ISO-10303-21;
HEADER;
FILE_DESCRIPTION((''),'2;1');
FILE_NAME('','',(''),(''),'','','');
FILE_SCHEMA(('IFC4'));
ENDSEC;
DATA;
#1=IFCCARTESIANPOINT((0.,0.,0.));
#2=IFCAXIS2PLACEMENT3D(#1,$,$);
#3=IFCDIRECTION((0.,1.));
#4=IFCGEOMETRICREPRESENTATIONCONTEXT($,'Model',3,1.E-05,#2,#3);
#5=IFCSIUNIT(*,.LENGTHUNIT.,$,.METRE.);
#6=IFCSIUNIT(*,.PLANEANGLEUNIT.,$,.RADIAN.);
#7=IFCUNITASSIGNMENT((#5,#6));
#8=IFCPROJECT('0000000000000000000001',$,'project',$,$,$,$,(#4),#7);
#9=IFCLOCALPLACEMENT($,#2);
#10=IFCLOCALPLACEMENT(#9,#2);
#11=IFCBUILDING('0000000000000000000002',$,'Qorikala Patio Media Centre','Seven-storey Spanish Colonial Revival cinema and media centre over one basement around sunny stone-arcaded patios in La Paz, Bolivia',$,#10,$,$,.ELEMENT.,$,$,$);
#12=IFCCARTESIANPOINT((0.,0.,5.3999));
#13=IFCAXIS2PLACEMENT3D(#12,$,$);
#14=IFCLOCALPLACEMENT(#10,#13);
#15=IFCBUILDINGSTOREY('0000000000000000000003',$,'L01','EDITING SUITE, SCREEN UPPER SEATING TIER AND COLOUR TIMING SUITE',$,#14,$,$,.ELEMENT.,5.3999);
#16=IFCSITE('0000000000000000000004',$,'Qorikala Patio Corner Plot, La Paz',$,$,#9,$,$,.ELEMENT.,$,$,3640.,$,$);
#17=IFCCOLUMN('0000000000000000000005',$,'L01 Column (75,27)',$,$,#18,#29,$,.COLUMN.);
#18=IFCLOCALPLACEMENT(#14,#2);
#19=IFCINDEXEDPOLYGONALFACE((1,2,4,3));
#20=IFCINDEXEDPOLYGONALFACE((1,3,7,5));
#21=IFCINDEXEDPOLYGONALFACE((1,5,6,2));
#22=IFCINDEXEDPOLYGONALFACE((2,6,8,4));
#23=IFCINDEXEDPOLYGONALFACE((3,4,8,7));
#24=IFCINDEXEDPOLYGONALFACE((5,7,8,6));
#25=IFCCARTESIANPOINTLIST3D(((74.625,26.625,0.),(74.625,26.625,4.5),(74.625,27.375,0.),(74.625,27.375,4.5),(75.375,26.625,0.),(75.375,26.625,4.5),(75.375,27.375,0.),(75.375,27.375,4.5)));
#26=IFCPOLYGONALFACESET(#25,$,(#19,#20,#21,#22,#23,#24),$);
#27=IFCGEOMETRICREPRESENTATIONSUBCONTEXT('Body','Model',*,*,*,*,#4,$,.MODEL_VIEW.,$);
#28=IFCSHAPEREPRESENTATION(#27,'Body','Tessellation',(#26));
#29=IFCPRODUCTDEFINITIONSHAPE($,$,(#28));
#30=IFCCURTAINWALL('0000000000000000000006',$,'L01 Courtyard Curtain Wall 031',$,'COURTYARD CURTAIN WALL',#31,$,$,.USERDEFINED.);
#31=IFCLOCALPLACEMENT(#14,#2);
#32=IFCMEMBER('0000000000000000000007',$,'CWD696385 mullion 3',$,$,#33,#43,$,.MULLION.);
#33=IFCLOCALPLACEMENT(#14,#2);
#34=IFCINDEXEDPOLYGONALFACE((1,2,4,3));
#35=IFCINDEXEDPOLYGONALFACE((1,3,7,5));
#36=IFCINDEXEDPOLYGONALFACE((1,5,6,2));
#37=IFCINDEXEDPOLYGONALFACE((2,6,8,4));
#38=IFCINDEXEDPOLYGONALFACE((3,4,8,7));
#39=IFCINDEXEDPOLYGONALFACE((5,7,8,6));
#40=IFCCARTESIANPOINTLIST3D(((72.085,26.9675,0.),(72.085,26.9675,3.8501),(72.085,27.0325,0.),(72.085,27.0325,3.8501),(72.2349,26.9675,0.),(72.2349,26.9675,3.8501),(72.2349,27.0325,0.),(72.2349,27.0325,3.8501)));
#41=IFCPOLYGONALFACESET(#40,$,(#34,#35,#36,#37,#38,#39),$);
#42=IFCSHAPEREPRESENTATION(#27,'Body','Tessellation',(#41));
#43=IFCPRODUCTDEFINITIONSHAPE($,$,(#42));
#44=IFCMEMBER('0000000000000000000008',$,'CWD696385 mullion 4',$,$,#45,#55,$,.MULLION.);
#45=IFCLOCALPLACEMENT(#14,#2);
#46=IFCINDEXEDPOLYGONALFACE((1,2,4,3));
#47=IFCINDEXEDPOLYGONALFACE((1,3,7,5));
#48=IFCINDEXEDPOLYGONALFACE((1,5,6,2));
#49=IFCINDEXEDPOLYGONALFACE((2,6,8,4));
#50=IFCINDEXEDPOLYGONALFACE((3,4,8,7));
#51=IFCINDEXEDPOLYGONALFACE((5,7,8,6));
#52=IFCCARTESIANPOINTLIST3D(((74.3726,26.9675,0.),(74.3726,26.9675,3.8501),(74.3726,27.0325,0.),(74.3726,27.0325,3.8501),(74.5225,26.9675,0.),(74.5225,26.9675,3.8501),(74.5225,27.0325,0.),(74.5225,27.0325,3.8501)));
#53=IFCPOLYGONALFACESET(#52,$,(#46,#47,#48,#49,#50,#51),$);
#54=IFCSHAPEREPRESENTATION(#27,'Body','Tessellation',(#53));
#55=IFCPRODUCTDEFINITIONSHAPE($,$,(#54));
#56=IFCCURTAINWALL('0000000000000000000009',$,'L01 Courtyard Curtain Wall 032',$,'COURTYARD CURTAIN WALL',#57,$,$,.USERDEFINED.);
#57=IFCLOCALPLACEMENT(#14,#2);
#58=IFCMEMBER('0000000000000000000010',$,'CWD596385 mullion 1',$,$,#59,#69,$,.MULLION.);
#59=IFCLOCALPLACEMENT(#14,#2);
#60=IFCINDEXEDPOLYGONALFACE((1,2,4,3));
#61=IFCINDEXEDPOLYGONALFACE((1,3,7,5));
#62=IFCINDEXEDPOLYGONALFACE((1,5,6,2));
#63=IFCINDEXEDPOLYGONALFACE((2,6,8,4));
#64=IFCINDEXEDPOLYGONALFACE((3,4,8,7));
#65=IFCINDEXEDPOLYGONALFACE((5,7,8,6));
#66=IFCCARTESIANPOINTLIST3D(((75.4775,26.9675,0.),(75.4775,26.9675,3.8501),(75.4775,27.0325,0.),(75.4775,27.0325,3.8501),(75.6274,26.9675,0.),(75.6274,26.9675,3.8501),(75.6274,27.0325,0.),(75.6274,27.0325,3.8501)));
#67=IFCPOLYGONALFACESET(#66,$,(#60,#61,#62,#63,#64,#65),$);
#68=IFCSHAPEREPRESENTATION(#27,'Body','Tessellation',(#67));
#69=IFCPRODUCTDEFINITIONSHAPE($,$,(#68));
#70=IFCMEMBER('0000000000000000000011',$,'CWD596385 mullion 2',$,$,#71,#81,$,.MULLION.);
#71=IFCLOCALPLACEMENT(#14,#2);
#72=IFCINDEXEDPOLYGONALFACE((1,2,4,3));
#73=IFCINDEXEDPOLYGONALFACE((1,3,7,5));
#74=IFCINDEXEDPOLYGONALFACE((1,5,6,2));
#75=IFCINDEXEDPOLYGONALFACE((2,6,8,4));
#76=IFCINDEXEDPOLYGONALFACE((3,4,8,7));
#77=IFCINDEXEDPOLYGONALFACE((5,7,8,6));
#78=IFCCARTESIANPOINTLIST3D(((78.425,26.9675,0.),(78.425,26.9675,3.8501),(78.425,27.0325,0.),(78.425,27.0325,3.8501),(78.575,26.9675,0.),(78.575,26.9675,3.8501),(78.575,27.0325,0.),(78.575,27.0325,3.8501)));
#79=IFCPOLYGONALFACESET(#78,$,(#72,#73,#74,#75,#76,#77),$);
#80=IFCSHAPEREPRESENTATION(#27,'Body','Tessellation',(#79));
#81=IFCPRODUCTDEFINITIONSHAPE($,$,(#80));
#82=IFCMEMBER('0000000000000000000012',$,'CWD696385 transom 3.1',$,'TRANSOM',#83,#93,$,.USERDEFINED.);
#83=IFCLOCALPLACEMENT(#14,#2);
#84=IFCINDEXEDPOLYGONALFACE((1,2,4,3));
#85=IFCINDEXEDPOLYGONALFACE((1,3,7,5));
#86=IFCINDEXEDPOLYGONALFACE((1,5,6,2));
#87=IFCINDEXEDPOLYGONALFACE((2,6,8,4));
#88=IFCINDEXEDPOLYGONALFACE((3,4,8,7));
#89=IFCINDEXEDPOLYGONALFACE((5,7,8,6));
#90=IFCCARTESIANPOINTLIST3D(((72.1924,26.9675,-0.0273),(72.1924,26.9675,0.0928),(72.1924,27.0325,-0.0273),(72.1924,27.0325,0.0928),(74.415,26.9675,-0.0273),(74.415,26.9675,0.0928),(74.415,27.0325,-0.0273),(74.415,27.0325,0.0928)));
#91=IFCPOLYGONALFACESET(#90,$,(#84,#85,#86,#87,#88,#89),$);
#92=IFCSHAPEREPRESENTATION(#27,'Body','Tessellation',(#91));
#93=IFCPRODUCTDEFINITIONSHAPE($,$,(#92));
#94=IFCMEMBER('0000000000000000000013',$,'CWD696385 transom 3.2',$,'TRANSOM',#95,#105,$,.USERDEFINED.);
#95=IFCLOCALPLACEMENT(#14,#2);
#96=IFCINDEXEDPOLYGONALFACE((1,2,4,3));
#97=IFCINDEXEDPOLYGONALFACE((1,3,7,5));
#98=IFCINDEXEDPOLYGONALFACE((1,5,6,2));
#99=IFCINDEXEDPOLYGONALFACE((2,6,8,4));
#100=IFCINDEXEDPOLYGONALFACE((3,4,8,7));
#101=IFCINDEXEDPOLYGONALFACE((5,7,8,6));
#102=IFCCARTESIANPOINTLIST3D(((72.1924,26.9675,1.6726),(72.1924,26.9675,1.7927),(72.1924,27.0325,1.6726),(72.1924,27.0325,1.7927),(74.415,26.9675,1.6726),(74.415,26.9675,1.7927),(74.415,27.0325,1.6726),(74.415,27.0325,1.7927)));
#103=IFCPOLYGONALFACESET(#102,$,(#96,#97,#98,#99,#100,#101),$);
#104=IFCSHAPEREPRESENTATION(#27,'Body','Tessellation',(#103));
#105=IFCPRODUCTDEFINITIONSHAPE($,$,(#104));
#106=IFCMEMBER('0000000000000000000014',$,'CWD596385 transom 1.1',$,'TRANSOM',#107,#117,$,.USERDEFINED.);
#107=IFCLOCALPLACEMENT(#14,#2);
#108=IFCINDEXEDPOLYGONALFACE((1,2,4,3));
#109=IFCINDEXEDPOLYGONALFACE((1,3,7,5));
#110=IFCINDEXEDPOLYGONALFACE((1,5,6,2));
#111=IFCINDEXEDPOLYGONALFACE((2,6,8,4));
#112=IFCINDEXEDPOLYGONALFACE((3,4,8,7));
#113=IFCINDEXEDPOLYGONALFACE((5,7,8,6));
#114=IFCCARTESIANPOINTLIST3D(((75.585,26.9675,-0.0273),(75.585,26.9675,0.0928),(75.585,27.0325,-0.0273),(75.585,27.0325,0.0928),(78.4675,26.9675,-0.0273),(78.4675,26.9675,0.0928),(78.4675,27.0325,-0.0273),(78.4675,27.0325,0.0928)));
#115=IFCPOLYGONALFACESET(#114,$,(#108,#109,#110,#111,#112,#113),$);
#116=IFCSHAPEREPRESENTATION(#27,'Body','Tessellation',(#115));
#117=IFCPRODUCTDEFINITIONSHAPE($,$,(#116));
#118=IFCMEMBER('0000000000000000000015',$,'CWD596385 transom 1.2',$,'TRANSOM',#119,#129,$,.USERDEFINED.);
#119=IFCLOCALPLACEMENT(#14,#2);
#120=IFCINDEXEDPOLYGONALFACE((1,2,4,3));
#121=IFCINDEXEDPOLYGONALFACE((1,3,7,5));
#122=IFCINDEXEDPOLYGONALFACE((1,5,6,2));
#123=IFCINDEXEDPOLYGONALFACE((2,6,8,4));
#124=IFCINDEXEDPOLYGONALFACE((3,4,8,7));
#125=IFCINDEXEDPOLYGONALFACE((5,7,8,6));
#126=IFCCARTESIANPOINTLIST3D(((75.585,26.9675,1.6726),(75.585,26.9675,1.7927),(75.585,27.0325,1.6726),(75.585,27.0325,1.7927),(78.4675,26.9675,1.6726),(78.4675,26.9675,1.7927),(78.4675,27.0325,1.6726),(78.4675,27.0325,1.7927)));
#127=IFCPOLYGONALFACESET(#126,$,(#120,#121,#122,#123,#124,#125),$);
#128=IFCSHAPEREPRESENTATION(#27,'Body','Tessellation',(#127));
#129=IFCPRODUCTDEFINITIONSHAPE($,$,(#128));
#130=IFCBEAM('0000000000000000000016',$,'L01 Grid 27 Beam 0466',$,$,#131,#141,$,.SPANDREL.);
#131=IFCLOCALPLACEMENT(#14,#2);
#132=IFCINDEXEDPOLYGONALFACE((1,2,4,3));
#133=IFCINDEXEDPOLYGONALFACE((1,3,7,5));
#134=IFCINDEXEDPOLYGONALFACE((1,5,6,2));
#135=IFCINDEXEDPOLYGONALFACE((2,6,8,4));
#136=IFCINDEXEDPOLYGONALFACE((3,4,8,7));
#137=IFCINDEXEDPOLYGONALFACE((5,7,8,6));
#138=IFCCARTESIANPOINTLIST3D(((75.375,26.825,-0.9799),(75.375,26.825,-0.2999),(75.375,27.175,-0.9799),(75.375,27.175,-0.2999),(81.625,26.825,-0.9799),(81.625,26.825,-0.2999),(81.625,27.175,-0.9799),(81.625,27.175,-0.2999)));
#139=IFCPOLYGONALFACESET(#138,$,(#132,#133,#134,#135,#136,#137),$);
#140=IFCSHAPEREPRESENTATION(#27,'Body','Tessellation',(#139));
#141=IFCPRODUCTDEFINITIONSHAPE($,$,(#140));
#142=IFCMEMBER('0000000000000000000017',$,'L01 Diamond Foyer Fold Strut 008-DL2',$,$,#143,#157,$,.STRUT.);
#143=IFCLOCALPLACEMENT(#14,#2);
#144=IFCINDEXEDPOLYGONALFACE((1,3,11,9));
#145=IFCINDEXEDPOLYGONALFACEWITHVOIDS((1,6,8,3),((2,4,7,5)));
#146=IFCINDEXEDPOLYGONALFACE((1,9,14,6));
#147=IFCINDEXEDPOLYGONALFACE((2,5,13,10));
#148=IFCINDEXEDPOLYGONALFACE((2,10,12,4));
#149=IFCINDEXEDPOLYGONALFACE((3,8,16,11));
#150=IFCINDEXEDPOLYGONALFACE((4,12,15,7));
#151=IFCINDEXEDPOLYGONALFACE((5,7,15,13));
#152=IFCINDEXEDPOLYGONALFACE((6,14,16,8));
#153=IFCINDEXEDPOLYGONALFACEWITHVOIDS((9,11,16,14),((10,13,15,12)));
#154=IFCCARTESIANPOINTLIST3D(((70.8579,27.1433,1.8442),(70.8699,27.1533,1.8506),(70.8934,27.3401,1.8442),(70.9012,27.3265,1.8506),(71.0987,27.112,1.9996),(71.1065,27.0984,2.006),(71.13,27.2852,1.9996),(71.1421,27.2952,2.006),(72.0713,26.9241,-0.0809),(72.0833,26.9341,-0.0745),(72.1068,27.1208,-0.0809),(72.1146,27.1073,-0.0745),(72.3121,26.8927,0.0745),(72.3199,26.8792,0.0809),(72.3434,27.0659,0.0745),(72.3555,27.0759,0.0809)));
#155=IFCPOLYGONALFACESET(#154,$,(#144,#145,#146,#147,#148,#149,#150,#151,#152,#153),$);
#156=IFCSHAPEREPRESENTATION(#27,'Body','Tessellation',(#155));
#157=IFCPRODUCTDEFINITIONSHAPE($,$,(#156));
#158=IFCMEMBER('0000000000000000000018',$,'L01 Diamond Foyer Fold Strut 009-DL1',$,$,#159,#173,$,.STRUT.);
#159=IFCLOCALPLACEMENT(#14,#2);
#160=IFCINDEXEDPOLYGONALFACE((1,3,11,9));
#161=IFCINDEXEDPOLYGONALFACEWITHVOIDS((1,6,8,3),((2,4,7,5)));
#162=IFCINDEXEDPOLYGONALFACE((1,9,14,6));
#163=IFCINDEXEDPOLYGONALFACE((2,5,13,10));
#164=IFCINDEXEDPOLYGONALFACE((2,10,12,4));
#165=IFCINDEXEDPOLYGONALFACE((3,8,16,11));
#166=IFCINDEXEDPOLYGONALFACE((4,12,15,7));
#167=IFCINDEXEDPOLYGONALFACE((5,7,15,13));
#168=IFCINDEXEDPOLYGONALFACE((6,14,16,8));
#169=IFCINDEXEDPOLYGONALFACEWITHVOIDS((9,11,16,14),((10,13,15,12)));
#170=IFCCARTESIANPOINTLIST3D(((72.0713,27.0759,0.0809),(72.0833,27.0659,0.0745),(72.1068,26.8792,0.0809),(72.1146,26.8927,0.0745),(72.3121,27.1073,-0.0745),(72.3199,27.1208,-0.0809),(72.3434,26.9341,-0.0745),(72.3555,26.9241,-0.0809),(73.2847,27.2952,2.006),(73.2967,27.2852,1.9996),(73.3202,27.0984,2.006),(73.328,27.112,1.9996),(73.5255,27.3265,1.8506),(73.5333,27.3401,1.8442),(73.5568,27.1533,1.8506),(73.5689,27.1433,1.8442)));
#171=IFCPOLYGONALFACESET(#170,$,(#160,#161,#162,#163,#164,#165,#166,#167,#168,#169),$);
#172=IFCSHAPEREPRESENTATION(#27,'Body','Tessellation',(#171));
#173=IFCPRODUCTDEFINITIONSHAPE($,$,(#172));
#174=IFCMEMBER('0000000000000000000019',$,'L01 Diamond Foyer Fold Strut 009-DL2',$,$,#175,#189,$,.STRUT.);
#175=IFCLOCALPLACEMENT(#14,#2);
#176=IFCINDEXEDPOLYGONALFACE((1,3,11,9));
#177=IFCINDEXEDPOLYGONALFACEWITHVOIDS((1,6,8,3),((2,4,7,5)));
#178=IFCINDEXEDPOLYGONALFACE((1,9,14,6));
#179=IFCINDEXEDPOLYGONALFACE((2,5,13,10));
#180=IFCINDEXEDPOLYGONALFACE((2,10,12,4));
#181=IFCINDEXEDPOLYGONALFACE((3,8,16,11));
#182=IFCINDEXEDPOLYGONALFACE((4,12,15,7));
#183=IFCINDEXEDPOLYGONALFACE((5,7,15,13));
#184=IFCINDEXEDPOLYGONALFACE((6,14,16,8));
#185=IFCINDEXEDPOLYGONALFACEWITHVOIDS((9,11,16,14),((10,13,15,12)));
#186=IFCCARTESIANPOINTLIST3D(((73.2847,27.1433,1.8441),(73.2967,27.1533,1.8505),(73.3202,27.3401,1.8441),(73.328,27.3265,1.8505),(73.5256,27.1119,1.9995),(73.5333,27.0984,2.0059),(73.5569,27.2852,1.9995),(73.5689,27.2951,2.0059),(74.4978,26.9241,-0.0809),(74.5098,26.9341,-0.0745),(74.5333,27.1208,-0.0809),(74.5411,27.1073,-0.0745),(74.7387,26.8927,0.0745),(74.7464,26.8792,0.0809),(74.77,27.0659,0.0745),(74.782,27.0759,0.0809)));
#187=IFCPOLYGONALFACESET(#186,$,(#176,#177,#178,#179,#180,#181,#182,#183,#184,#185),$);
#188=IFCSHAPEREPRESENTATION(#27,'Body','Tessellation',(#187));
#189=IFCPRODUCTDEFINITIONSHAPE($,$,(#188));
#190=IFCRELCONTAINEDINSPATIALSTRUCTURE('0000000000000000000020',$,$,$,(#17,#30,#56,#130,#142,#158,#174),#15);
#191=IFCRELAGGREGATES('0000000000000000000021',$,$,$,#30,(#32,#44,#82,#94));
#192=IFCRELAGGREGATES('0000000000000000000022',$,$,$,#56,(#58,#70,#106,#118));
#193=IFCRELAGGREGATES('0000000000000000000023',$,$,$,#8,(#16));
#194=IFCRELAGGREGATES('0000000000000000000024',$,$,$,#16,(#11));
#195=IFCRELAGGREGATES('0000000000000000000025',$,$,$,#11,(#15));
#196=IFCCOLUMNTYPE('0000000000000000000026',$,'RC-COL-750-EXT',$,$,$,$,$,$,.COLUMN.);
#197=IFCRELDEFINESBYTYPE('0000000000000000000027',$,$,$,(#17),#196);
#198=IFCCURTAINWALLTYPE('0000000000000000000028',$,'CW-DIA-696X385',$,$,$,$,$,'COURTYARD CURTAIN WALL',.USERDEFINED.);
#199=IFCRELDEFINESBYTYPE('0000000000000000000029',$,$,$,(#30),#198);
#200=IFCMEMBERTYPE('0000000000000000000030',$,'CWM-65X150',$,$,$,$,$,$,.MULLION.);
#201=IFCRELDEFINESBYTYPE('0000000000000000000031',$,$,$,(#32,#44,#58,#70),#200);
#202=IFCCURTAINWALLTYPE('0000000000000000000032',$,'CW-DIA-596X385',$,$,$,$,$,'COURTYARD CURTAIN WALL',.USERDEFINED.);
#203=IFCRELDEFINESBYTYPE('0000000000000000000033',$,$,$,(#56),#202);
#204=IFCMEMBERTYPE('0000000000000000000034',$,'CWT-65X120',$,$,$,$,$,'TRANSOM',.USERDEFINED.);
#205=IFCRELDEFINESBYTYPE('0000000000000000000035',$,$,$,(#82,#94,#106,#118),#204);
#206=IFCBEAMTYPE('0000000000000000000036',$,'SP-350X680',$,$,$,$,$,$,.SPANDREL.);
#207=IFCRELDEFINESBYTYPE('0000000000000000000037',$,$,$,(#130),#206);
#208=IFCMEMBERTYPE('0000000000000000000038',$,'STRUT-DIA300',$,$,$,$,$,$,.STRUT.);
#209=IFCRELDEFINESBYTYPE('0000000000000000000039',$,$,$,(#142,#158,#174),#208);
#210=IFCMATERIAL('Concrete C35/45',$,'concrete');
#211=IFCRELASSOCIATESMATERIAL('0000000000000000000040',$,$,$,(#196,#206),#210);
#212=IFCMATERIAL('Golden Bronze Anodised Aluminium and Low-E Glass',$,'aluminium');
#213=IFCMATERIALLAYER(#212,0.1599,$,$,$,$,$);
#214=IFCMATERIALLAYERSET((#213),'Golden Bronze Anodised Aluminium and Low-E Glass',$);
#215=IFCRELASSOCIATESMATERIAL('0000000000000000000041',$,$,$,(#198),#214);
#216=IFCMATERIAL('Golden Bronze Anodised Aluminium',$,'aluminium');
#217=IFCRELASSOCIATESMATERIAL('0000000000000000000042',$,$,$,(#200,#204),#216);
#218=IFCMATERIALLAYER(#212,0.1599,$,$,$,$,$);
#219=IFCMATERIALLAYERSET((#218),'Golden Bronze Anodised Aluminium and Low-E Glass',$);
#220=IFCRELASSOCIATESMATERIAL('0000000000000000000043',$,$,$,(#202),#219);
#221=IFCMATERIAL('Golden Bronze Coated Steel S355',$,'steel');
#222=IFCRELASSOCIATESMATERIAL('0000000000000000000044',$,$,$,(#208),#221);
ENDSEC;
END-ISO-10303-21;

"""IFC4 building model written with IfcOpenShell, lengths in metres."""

from ifc_helpers import new_model, si_unit, direction, frame, origin, origin_2d, place, context, subcontext, project, spatial, rectangle, hollow_rectangle, extrude, material, layer, layer_set, material_profile, profile_set, type_object, element, aggregate, save


model = new_model("IFC4")

# Units and contexts
model_context = context("Model", 3, precision=1e-05, world=origin(), true_north=direction((0.0, 1.0)))
body_context = subcontext(model_context, "Body", "Model", "MODEL_VIEW")
ifc_project = project(units=[si_unit("LENGTHUNIT", "METRE"), si_unit("PLANEANGLEUNIT", "RADIAN")], contexts=[model_context])

# Site, building, storey
site_placement = place(None, origin())
site = spatial("IfcSite", under=ifc_project, at=site_placement, Name="Qorikala Patio Corner Plot, La Paz", CompositionType="ELEMENT", RefElevation=3640.0)
building_placement = place(site_placement, origin())
building = spatial("IfcBuilding", under=site, at=building_placement, Name="Qorikala Patio Media Centre", Description="Seven-storey Spanish Colonial Revival cinema and media centre over one basement around sunny stone-arcaded patios in La Paz, Bolivia", CompositionType="ELEMENT")
storey_placement = place(building_placement, frame((0.0, 0.0, 5.3999)))
storey = spatial("IfcBuildingStorey", under=building, at=storey_placement, Name="L01", Description="EDITING SUITE, SCREEN UPPER SEATING TIER AND COLOUR TIMING SUITE", CompositionType="ELEMENT", Elevation=5.3999)

# Column
ifc_material_1 = material(Name="Concrete C35/45", Category="concrete")
ifc_material_profile_1 = material_profile(ifc_material_1, rectangle(XDim=0.75, YDim=0.75, at=origin_2d()), Name="RC 750x750")
ifc_profile_set_1 = profile_set([ifc_material_profile_1], Name="Concrete C35/45")
column_type = type_object("IfcColumnType", Name="RC-COL-750-EXT", PredefinedType="COLUMN", material=ifc_profile_set_1)
column_placement = place(storey_placement, frame((75.0, 27.0, 0.0), z_axis=(0.0, 0.0, 1.0), x_axis=(1.0, 0.0, 0.0)))
element("IfcColumn", 1, at=column_placement, inside=storey, type_object=column_type, Name="L01 Column (75,27)", PredefinedType="COLUMN", context=body_context, shape_type="SweptSolid", body=[
    extrude(rectangle(XDim=0.75, YDim=0.75, at=origin_2d()), origin(), (0.0, 0.0, 1.0), 4.5),
])

# Curtain walls, members
ifc_material_2 = material(Name="Golden Bronze Anodised Aluminium and Low-E Glass", Category="aluminium")
ifc_layer_1 = layer(ifc_material_2, 0.1599)
ifc_layer_set_1 = layer_set([ifc_layer_1], Name="Golden Bronze Anodised Aluminium and Low-E Glass")
curtain_wall_type_1 = type_object("IfcCurtainWallType", Name="CW-DIA-696X385", ElementType="COURTYARD CURTAIN WALL", PredefinedType="USERDEFINED", material=ifc_layer_set_1)
curtain_wall_1_placement = place(storey_placement, origin())
curtain_wall_1 = element("IfcCurtainWall", 2, at=curtain_wall_1_placement, inside=storey, type_object=curtain_wall_type_1, Name="L01 Courtyard Curtain Wall 031", ObjectType="COURTYARD CURTAIN WALL", PredefinedType="USERDEFINED")
ifc_material_3 = material(Name="Golden Bronze Anodised Aluminium", Category="aluminium")
ifc_material_profile_2 = material_profile(ifc_material_3, rectangle(XDim=0.0649, YDim=0.1499, at=origin_2d()), Name="ALU MULLION 65x150")
ifc_profile_set_2 = profile_set([ifc_material_profile_2], Name="Golden Bronze Anodised Aluminium")
member_type_1 = type_object("IfcMemberType", Name="CWM-65X150", PredefinedType="MULLION", material=ifc_profile_set_2)
member_1_placement = place(storey_placement, frame((72.1599, 27.0, 0.0), z_axis=(0.0, 0.0, 1.0), x_axis=(0.0, 1.0, 0.0)))
member_1 = element("IfcMember", 3, at=member_1_placement, type_object=member_type_1, Name="CWD696385 mullion 3", PredefinedType="MULLION", context=body_context, shape_type="SweptSolid", body=[
    extrude(rectangle(XDim=0.0649, YDim=0.1499, at=origin_2d()), origin(), (0.0, 0.0, 1.0), 3.8501),
])
member_2_placement = place(storey_placement, frame((74.4475, 27.0, 0.0), z_axis=(0.0, 0.0, 1.0), x_axis=(0.0, 1.0, 0.0)))
member_2 = element("IfcMember", 4, at=member_2_placement, type_object=member_type_1, Name="CWD696385 mullion 4", PredefinedType="MULLION", context=body_context, shape_type="SweptSolid", body=[
    extrude(rectangle(XDim=0.0649, YDim=0.1499, at=origin_2d()), origin(), (0.0, 0.0, 1.0), 3.8501),
])
ifc_layer_2 = layer(ifc_material_2, 0.1599)
ifc_layer_set_2 = layer_set([ifc_layer_2], Name="Golden Bronze Anodised Aluminium and Low-E Glass")
curtain_wall_type_2 = type_object("IfcCurtainWallType", Name="CW-DIA-596X385", ElementType="COURTYARD CURTAIN WALL", PredefinedType="USERDEFINED", material=ifc_layer_set_2)
curtain_wall_2_placement = place(storey_placement, origin())
curtain_wall_2 = element("IfcCurtainWall", 5, at=curtain_wall_2_placement, inside=storey, type_object=curtain_wall_type_2, Name="L01 Courtyard Curtain Wall 032", ObjectType="COURTYARD CURTAIN WALL", PredefinedType="USERDEFINED")
member_3_placement = place(storey_placement, frame((75.5525, 27.0, 0.0), z_axis=(0.0, 0.0, 1.0), x_axis=(0.0, 1.0, 0.0)))
member_3 = element("IfcMember", 6, at=member_3_placement, type_object=member_type_1, Name="CWD596385 mullion 1", PredefinedType="MULLION", context=body_context, shape_type="SweptSolid", body=[
    extrude(rectangle(XDim=0.0649, YDim=0.1499, at=origin_2d()), origin(), (0.0, 0.0, 1.0), 3.8501),
])
member_4_placement = place(storey_placement, frame((78.5, 27.0, 0.0), z_axis=(0.0, 0.0, 1.0), x_axis=(0.0, 1.0, 0.0)))
member_4 = element("IfcMember", 7, at=member_4_placement, type_object=member_type_1, Name="CWD596385 mullion 2", PredefinedType="MULLION", context=body_context, shape_type="SweptSolid", body=[
    extrude(rectangle(XDim=0.0649, YDim=0.1499, at=origin_2d()), origin(), (0.0, 0.0, 1.0), 3.8501),
])

# Members
ifc_material_profile_3 = material_profile(ifc_material_3, rectangle(XDim=0.0649, YDim=0.1201, at=origin_2d()), Name="ALU TRANSOM 65x120")
ifc_profile_set_3 = profile_set([ifc_material_profile_3], Name="Golden Bronze Anodised Aluminium")
member_type_2 = type_object("IfcMemberType", Name="CWT-65X120", ElementType="TRANSOM", PredefinedType="USERDEFINED", material=ifc_profile_set_3)
member_5_placement = place(storey_placement, frame((72.1924, 27.0, 0.0327), z_axis=(1.0, 0.0, 0.0), x_axis=(0.0, 1.0, 0.0)))
member_5 = element("IfcMember", 8, at=member_5_placement, type_object=member_type_2, Name="CWD696385 transom 3.1", ObjectType="TRANSOM", PredefinedType="USERDEFINED", context=body_context, shape_type="SweptSolid", body=[
    extrude(rectangle(XDim=0.0649, YDim=0.1201, at=origin_2d()), origin(), (0.0, 0.0, 1.0), 2.2227),
])
member_6_placement = place(storey_placement, frame((72.1924, 27.0, 1.7327), z_axis=(1.0, 0.0, 0.0), x_axis=(0.0, 1.0, 0.0)))
member_6 = element("IfcMember", 9, at=member_6_placement, type_object=member_type_2, Name="CWD696385 transom 3.2", ObjectType="TRANSOM", PredefinedType="USERDEFINED", context=body_context, shape_type="SweptSolid", body=[
    extrude(rectangle(XDim=0.0649, YDim=0.1201, at=origin_2d()), origin(), (0.0, 0.0, 1.0), 2.2227),
])
member_7_placement = place(storey_placement, frame((75.585, 27.0, 0.0327), z_axis=(1.0, 0.0, 0.0), x_axis=(0.0, 1.0, 0.0)))
member_7 = element("IfcMember", 10, at=member_7_placement, type_object=member_type_2, Name="CWD596385 transom 1.1", ObjectType="TRANSOM", PredefinedType="USERDEFINED", context=body_context, shape_type="SweptSolid", body=[
    extrude(rectangle(XDim=0.0649, YDim=0.1201, at=origin_2d()), origin(), (0.0, 0.0, 1.0), 2.8826),
])
member_8_placement = place(storey_placement, frame((75.585, 27.0, 1.7327), z_axis=(1.0, 0.0, 0.0), x_axis=(0.0, 1.0, 0.0)))
member_8 = element("IfcMember", 11, at=member_8_placement, type_object=member_type_2, Name="CWD596385 transom 1.2", ObjectType="TRANSOM", PredefinedType="USERDEFINED", context=body_context, shape_type="SweptSolid", body=[
    extrude(rectangle(XDim=0.0649, YDim=0.1201, at=origin_2d()), origin(), (0.0, 0.0, 1.0), 2.8826),
])

# Beam
ifc_material_profile_4 = material_profile(ifc_material_1, rectangle(XDim=0.3501, YDim=0.6799, at=origin_2d()), Name="RC 350x680")
ifc_profile_set_4 = profile_set([ifc_material_profile_4], Name="Concrete C35/45")
beam_type = type_object("IfcBeamType", Name="SP-350X680", PredefinedType="SPANDREL", material=ifc_profile_set_4)
beam_placement = place(storey_placement, frame((75.375, 27.0, -0.6399), z_axis=(1.0, 0.0, 0.0), x_axis=(0.0, 1.0, 0.0)))
element("IfcBeam", 12, at=beam_placement, inside=storey, type_object=beam_type, Name="L01 Grid 27 Beam 0466", PredefinedType="SPANDREL", context=body_context, shape_type="SweptSolid", body=[
    extrude(rectangle(XDim=0.3501, YDim=0.6799, at=origin_2d()), origin(), (0.0, 0.0, 1.0), 6.25),
])

# Members
ifc_material_4 = material(Name="Golden Bronze Coated Steel S355", Category="steel")
ifc_material_profile_5 = material_profile(ifc_material_4, hollow_rectangle(XDim=0.2, YDim=0.3, WallThickness=0.012, at=origin_2d()), Name="HSS300X200X12")
ifc_profile_set_5 = profile_set([ifc_material_profile_5], Name="Golden Bronze Coated Steel S355")
member_type_3 = type_object("IfcMemberType", Name="STRUT-DIA300", PredefinedType="STRUT", material=ifc_profile_set_5)
for number, where, z_axis, x_axis, name in (
    (13, (72.2134, 27.0, 0.0), (-0.530768, 0.095901, 0.842074), (-0.177805, -0.984066, 0.0), "L01 Diamond Foyer Fold Strut 008-DL2"),
    (14, (72.2134, 27.0, 0.0), (0.530768, 0.095901, 0.842074), (-0.177805, 0.984066, 0.0), "L01 Diamond Foyer Fold Strut 009-DL1"),
):
    element("IfcMember", number, at=place(storey_placement, frame(where, z_axis=z_axis, x_axis=x_axis)), inside=storey, type_object=member_type_3, Name=name, PredefinedType="STRUT", context=body_context, shape_type="SweptSolid", body=[
        extrude(hollow_rectangle(XDim=0.2, YDim=0.3, WallThickness=0.012, at=origin_2d()), origin(), (0.0, 0.0, 1.0), 2.2861),
    ])
member_9_placement = place(storey_placement, frame((74.6399, 27.0, 0.0), z_axis=(-0.530691, 0.095907, 0.842121), x_axis=(-0.17784, -0.984059, 0.0)))
element("IfcMember", 15, at=member_9_placement, inside=storey, type_object=member_type_3, Name="L01 Diamond Foyer Fold Strut 009-DL2", PredefinedType="STRUT", context=body_context, shape_type="SweptSolid", body=[
    extrude(hollow_rectangle(XDim=0.2, YDim=0.3, WallThickness=0.012, at=origin_2d()), origin(), (0.0, 0.0, 1.0), 2.2859),
])

aggregate(curtain_wall_1, [member_1, member_2, member_5, member_6])
aggregate(curtain_wall_2, [member_3, member_4, member_7, member_8])

save(model, "model.ifc")
